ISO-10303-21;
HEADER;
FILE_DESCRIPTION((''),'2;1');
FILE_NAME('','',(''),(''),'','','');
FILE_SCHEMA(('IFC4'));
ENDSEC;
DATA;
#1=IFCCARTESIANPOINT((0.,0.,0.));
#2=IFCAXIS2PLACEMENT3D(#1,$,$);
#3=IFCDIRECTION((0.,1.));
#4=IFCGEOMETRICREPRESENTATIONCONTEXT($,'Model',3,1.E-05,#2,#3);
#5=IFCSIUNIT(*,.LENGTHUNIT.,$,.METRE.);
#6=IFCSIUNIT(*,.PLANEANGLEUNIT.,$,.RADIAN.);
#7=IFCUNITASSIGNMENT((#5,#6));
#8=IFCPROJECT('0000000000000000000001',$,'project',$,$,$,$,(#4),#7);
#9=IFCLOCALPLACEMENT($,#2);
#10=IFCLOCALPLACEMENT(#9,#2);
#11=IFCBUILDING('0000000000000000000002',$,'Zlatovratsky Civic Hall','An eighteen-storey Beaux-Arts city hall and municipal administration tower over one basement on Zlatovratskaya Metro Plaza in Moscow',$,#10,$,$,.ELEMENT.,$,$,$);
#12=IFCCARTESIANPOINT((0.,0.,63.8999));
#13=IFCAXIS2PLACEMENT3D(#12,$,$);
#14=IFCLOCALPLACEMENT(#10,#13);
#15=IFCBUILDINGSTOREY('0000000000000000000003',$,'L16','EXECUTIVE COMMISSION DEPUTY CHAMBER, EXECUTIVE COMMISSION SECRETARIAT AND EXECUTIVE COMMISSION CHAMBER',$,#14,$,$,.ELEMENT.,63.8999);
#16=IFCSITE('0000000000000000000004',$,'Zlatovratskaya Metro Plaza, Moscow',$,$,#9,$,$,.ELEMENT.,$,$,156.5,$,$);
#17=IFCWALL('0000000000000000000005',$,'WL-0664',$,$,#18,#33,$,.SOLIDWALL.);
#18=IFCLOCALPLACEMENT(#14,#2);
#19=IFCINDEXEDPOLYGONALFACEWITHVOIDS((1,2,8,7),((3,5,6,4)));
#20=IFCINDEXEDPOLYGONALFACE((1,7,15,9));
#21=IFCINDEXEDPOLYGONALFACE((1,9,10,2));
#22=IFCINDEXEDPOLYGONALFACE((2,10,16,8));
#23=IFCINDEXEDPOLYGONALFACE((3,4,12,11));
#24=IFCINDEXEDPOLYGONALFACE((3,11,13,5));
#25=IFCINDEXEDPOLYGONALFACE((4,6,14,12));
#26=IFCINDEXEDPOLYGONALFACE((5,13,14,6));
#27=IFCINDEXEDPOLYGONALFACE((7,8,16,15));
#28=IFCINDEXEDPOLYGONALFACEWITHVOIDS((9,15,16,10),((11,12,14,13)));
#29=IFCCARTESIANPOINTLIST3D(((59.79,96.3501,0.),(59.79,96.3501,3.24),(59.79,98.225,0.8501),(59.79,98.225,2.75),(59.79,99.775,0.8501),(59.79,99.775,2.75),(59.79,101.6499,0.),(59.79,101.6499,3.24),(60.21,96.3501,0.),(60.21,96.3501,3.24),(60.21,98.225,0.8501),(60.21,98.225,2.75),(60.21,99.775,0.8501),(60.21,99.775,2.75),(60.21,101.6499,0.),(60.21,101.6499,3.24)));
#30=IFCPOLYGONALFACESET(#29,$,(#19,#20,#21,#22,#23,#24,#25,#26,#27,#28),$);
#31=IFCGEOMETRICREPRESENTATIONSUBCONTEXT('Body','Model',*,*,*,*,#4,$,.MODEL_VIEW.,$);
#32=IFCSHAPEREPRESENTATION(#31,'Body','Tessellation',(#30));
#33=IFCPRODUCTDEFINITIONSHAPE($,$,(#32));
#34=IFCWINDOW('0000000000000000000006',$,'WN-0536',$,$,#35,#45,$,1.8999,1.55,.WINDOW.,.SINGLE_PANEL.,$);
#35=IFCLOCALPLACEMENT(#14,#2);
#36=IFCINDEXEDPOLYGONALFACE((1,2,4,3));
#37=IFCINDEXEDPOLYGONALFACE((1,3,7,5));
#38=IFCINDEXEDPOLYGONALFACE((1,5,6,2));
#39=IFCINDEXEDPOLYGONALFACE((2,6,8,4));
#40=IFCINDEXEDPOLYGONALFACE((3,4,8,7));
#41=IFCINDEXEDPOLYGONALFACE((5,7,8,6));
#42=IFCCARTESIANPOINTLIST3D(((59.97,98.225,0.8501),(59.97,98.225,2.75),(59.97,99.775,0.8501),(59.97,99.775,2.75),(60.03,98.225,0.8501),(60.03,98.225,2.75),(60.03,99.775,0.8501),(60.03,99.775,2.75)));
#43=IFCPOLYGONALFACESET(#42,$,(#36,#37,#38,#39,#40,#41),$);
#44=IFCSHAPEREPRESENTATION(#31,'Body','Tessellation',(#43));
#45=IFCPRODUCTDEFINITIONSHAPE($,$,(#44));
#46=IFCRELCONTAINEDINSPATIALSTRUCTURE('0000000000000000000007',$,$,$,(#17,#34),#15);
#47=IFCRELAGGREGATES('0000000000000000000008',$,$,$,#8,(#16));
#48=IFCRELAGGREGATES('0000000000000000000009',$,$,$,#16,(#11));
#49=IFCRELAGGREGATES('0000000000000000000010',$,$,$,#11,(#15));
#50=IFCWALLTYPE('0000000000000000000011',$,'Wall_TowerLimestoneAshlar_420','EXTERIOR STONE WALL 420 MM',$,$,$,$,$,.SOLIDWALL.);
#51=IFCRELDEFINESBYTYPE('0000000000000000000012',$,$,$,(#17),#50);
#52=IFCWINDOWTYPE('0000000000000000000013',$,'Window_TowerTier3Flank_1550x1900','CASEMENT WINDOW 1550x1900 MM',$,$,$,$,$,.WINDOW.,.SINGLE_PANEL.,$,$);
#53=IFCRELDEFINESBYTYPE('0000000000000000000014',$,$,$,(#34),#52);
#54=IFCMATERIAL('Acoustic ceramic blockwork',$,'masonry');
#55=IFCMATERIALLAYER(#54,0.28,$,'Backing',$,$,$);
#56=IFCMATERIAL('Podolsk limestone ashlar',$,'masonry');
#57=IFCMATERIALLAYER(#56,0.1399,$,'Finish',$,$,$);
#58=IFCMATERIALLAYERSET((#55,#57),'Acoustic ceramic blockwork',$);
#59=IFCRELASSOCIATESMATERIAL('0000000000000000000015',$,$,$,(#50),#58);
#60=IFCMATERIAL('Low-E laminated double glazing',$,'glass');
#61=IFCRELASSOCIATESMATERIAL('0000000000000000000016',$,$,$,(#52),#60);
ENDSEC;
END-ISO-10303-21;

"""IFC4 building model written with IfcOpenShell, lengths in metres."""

from ifc_helpers import new_model, si_unit, direction, frame, frame_2d, origin, place, context, subcontext, project, spatial, rectangle, extrude, material, layer, layer_set, type_object, element, fill, save


model = new_model("IFC4")

# Units and contexts
model_context = context("Model", 3, precision=1e-05, world=origin(), true_north=direction((0.0, 1.0)))
body_context = subcontext(model_context, "Body", "Model", "MODEL_VIEW")
ifc_project = project(units=[si_unit("LENGTHUNIT", "METRE"), si_unit("PLANEANGLEUNIT", "RADIAN")], contexts=[model_context])

# Site, building, storey
site_placement = place(None, origin())
site = spatial("IfcSite", under=ifc_project, at=site_placement, Name="Zlatovratskaya Metro Plaza, Moscow", CompositionType="ELEMENT", RefElevation=156.5)
building_placement = place(site_placement, origin())
building = spatial("IfcBuilding", under=site, at=building_placement, Name="Zlatovratsky Civic Hall", Description="An eighteen-storey Beaux-Arts city hall and municipal administration tower over one basement on Zlatovratskaya Metro Plaza in Moscow", CompositionType="ELEMENT")
storey_placement = place(building_placement, frame((0.0, 0.0, 63.8999)))
storey = spatial("IfcBuildingStorey", under=building, at=storey_placement, Name="L16", Description="EXECUTIVE COMMISSION DEPUTY CHAMBER, EXECUTIVE COMMISSION SECRETARIAT AND EXECUTIVE COMMISSION CHAMBER", CompositionType="ELEMENT", Elevation=63.8999)

# Wall, opening, window
ifc_material_1 = material(Name="Acoustic ceramic blockwork", Category="masonry")
ifc_layer_1 = layer(ifc_material_1, 0.28, Name="Backing")
ifc_material_2 = material(Name="Podolsk limestone ashlar", Category="masonry")
ifc_layer_2 = layer(ifc_material_2, 0.1399, Name="Finish")
ifc_layer_set_1 = layer_set([ifc_layer_1, ifc_layer_2], Name="Acoustic ceramic blockwork")
wall_type_1 = type_object("IfcWallType", Name="Wall_TowerLimestoneAshlar_420", Description="EXTERIOR STONE WALL 420 MM", PredefinedType="SOLIDWALL", material=ifc_layer_set_1)
ifc_material_3 = material(Name="Low-E laminated double glazing", Category="glass")
wall_1_placement = place(storey_placement, frame((60.0, 96.3501, 0.0), z_axis=(0.0, 0.0, 1.0), x_axis=(0.0, 1.0, 0.0)))
wall_1 = element("IfcWall", 1, at=wall_1_placement, inside=storey, type_object=wall_type_1, Name="WL-0664", PredefinedType="SOLIDWALL", context=body_context, shape_type="SweptSolid", body=[
    extrude(rectangle(XDim=5.2998, YDim=0.4199, at=frame_2d((2.6499, 0.0))), origin(), (0.0, 0.0, 1.0), 3.24),
])
opening_1_placement = place(wall_1_placement, frame((1.875, 0.0, 0.8501)))
opening_1 = element("IfcOpeningElement", 2, at=opening_1_placement, cuts=wall_1, PredefinedType="OPENING", context=body_context, shape_type="SweptSolid", body=[
    extrude(rectangle(XDim=1.55, YDim=1.8999, at=frame_2d((0.7749, 0.95))), frame((0.0, 0.2249, 0.0), z_axis=(0.0, -1.0, 0.0), x_axis=(1.0, 0.0, 0.0)), (0.0, 0.0, 1.0), 0.4497),
])
window_type_1 = type_object("IfcWindowType", Name="Window_TowerTier3Flank_1550x1900", Description="CASEMENT WINDOW 1550x1900 MM", PartitioningType="SINGLE_PANEL", PredefinedType="WINDOW", material=ifc_material_3)
window_1_placement = place(opening_1_placement, origin())
window_1 = element("IfcWindow", 3, at=window_1_placement, inside=storey, type_object=window_type_1, Name="WN-0536", OverallHeight=1.8999, OverallWidth=1.55, PartitioningType="SINGLE_PANEL", PredefinedType="WINDOW", context=body_context, shape_type="SweptSolid", body=[
    extrude(rectangle(XDim=1.55, YDim=1.8999, at=frame_2d((0.7749, 0.95))), frame((0.0, 0.03, 0.0), z_axis=(0.0, -1.0, 0.0), x_axis=(1.0, 0.0, 0.0)), (0.0, 0.0, 1.0), 0.0601),
])
fill(opening_1, window_1)

save(model, "model.ifc")
